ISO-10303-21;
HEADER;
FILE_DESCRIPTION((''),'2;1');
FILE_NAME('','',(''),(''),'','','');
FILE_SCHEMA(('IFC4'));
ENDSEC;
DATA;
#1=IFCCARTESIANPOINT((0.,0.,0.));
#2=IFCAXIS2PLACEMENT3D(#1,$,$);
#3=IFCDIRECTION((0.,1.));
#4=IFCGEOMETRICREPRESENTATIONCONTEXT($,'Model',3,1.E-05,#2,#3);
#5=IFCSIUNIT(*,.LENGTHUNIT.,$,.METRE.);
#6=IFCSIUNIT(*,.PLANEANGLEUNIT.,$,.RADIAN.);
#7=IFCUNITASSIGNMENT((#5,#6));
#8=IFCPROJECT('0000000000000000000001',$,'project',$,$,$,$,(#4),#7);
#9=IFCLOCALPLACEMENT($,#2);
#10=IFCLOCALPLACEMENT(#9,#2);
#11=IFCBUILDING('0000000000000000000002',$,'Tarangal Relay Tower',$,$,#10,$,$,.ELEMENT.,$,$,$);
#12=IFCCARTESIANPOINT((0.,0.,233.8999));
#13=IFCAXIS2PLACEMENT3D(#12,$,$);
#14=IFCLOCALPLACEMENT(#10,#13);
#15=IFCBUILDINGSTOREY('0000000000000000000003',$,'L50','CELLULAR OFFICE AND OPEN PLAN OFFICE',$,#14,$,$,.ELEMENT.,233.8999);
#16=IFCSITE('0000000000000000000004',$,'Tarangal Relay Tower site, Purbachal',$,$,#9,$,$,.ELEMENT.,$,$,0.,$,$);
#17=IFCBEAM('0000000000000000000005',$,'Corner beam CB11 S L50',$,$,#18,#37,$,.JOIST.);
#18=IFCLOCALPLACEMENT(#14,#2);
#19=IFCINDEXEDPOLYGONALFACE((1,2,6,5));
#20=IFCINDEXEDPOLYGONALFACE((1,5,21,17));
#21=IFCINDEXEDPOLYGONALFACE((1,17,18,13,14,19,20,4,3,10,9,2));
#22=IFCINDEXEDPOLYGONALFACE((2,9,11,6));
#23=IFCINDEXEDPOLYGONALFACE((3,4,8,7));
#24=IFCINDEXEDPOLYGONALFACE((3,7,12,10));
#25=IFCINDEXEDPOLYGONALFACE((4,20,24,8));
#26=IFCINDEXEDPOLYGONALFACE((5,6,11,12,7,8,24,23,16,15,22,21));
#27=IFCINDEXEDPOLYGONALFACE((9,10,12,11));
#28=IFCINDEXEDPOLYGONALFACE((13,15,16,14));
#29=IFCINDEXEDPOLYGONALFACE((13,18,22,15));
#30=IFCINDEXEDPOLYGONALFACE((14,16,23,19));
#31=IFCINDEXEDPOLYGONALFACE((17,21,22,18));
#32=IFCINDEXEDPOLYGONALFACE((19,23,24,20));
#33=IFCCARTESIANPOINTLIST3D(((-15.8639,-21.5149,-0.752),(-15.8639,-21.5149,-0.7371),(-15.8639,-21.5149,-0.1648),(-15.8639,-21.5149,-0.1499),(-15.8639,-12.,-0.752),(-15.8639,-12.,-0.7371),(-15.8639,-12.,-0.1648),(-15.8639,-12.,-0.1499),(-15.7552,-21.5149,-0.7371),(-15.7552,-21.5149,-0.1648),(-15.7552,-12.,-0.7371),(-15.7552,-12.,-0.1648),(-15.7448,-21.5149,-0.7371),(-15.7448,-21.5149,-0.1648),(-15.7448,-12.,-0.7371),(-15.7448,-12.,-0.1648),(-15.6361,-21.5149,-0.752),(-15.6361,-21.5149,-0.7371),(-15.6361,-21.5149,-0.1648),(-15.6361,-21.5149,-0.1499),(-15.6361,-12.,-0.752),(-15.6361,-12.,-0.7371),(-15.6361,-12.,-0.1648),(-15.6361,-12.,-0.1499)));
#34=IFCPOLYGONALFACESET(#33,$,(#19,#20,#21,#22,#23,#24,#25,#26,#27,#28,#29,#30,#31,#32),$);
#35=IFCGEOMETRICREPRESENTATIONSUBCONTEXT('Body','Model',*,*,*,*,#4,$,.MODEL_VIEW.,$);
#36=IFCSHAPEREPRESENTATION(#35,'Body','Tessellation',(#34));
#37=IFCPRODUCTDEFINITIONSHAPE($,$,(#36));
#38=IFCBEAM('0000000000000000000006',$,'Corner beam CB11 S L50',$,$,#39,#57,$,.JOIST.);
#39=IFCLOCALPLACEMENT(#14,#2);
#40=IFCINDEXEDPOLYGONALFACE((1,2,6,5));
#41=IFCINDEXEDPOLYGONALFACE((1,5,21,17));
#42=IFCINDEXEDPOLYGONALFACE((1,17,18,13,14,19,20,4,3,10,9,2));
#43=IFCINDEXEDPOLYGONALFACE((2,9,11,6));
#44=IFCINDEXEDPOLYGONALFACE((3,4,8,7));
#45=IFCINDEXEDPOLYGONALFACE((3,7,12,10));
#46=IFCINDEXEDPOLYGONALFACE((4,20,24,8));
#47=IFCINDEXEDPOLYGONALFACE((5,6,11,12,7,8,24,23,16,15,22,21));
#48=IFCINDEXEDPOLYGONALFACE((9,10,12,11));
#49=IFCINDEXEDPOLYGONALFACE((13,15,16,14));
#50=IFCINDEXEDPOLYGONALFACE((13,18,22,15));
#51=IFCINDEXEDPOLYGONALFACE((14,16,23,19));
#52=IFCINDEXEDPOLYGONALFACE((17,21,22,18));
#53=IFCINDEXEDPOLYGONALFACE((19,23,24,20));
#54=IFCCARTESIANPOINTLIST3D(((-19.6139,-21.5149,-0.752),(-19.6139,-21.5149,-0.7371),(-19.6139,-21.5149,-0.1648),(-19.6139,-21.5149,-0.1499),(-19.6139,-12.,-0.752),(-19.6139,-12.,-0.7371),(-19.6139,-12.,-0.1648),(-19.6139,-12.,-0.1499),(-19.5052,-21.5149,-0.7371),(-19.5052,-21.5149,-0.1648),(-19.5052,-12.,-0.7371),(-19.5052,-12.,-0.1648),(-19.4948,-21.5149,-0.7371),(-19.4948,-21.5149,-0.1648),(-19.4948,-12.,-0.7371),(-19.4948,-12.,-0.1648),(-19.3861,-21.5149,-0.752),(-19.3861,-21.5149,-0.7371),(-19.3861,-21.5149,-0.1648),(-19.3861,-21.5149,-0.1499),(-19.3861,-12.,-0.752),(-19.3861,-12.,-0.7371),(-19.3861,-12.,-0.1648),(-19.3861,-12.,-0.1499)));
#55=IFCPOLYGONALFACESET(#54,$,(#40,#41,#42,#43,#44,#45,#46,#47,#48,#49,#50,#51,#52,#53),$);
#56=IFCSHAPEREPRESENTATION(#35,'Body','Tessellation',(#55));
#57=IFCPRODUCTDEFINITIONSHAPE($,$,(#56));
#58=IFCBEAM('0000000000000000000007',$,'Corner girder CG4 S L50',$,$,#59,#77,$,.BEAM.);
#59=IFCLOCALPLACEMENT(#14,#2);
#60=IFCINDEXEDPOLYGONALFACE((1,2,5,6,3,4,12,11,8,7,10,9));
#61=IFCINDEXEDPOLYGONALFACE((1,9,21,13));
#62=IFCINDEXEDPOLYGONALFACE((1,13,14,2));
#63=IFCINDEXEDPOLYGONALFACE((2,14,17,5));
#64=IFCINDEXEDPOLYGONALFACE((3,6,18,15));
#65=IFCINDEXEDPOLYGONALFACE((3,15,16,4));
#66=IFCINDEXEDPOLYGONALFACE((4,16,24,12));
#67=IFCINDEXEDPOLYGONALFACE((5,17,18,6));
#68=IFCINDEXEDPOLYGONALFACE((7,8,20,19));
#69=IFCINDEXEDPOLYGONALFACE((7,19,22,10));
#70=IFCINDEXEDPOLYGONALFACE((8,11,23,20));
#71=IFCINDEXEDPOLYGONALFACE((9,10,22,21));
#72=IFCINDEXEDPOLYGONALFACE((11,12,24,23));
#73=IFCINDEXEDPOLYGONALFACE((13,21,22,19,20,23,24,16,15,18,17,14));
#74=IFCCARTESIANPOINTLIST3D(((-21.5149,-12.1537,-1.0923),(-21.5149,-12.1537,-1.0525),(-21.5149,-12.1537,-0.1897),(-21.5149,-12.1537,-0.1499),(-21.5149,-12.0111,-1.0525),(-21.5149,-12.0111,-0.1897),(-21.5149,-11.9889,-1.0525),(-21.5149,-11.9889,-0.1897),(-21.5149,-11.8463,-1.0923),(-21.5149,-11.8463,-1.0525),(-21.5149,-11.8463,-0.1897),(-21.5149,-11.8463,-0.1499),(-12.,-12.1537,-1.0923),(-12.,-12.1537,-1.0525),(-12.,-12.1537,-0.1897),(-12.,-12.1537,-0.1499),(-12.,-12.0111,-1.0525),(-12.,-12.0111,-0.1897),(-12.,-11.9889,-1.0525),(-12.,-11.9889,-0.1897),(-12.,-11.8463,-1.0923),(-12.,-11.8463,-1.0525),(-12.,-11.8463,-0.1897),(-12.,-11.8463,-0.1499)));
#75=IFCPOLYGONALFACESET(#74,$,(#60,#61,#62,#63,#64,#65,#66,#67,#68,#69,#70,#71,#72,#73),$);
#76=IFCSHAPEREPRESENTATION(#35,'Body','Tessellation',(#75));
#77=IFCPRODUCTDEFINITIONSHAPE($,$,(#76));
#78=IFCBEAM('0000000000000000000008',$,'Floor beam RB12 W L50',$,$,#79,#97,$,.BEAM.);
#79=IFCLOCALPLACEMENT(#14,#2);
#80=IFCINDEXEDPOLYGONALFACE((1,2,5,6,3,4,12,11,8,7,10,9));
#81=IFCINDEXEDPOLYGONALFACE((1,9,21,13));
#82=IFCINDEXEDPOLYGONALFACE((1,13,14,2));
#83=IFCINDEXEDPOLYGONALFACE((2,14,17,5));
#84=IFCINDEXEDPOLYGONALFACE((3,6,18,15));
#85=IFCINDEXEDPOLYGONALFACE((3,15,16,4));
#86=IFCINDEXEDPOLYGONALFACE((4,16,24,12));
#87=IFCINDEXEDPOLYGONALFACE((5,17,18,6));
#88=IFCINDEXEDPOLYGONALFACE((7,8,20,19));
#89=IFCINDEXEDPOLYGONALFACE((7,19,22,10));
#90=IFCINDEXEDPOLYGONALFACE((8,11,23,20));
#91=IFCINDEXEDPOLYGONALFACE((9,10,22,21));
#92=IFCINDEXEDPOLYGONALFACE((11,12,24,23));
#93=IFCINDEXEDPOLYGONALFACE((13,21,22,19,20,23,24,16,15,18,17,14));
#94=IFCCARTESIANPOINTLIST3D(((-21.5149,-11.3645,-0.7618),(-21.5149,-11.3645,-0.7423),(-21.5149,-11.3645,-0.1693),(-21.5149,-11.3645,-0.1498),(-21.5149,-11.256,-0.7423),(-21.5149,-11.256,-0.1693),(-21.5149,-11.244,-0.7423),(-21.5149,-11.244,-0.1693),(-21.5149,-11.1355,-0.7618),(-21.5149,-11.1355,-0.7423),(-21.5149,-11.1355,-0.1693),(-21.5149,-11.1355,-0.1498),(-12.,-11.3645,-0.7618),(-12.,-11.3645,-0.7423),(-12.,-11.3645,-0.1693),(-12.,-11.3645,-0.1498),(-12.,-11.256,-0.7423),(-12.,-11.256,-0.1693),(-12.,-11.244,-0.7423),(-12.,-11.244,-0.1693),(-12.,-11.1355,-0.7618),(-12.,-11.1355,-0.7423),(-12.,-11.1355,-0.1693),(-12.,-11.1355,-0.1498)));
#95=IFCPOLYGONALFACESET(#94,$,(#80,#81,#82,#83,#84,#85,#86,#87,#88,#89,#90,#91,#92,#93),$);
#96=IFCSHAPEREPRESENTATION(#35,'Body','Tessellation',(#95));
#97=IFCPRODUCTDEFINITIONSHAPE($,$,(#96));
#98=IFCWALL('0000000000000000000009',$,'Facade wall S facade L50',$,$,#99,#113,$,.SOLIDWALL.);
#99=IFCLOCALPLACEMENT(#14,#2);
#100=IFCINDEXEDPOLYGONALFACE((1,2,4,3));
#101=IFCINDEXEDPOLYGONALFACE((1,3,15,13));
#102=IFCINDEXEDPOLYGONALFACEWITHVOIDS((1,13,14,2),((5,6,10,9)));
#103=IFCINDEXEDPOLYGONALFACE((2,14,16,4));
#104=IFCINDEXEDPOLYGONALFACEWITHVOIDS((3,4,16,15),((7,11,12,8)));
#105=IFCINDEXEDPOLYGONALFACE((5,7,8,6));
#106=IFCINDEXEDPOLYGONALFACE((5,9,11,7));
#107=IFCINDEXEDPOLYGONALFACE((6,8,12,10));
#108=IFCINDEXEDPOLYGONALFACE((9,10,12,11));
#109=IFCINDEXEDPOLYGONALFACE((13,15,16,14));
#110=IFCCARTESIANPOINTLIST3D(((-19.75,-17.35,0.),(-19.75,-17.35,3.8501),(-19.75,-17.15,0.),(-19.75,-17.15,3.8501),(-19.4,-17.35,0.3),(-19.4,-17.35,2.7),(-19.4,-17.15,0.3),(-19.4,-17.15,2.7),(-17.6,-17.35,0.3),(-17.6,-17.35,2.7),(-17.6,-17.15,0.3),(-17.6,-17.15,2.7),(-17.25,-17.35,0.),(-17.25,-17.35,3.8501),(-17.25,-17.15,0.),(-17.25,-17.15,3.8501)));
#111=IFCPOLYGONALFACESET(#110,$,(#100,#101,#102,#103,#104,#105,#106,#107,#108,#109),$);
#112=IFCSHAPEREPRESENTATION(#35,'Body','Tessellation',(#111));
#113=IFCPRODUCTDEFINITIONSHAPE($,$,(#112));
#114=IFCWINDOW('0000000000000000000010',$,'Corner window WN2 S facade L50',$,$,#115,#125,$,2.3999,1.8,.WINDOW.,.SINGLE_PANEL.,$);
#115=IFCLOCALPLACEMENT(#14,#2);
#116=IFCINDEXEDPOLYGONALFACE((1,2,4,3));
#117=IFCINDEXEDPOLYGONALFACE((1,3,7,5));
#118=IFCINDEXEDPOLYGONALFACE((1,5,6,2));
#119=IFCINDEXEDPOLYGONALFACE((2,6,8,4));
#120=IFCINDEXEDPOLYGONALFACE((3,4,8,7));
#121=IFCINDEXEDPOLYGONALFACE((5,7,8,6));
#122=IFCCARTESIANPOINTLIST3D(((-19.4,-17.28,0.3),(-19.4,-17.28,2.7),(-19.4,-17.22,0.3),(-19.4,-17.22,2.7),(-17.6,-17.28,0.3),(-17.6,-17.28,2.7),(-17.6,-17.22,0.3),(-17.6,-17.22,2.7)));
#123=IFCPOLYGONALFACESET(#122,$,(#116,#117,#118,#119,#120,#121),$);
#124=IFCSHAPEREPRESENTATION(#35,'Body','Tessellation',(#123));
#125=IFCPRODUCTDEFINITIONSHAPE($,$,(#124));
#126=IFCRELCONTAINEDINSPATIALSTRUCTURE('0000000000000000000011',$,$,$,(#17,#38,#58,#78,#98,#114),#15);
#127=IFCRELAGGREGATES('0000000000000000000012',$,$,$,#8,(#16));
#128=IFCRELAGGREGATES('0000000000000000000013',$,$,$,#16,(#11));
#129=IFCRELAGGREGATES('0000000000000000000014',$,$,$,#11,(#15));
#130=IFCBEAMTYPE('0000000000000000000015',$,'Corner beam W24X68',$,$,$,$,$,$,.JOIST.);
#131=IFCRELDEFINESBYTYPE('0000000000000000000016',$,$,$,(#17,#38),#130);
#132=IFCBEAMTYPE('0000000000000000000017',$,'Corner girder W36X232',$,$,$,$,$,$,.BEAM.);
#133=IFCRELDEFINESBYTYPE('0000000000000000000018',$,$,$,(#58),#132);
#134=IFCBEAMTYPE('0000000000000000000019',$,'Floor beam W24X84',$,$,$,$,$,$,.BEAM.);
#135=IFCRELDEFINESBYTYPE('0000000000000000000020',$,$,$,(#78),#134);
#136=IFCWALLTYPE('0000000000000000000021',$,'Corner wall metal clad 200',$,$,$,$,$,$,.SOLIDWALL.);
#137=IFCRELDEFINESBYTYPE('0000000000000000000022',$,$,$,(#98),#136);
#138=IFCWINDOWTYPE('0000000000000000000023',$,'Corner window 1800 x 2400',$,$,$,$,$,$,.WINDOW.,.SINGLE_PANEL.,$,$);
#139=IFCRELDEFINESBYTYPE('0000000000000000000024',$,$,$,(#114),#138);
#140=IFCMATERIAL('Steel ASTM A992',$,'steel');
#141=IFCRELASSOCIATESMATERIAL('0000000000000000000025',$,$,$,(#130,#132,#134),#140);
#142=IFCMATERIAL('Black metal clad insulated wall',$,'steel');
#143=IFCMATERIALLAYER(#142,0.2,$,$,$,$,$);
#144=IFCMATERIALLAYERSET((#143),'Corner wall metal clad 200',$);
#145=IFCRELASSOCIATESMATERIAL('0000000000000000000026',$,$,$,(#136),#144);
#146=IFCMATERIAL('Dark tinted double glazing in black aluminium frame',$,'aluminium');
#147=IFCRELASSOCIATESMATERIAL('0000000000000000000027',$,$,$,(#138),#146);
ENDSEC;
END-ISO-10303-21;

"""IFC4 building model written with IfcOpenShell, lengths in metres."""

from ifc_helpers import new_model, si_unit, direction, frame, frame_2d, origin, origin_2d, place, context, subcontext, project, spatial, rectangle, i_section, extrude, material, layer, layer_set, material_profile, profile_set, type_object, element, fill, save


model = new_model("IFC4")

# Units and contexts
model_context = context("Model", 3, precision=1e-05, world=origin(), true_north=direction((0.0, 1.0)))
body_context = subcontext(model_context, "Body", "Model", "MODEL_VIEW")
ifc_project = project(units=[si_unit("LENGTHUNIT", "METRE"), si_unit("PLANEANGLEUNIT", "RADIAN")], contexts=[model_context])

# Site, building, storey
site_placement = place(None, origin())
site = spatial("IfcSite", under=ifc_project, at=site_placement, Name="Tarangal Relay Tower site, Purbachal", CompositionType="ELEMENT", RefElevation=0.0)
building_placement = place(site_placement, origin())
building = spatial("IfcBuilding", under=site, at=building_placement, Name="Tarangal Relay Tower", CompositionType="ELEMENT")
storey_placement = place(building_placement, frame((0.0, 0.0, 233.8999)))
storey = spatial("IfcBuildingStorey", under=building, at=storey_placement, Name="L50", Description="CELLULAR OFFICE AND OPEN PLAN OFFICE", CompositionType="ELEMENT", Elevation=233.8999)

# Beams
ifc_material_1 = material(Name="Steel ASTM A992", Category="steel")
ifc_material_profile_1 = material_profile(ifc_material_1, i_section(OverallWidth=0.2278, OverallDepth=0.6021, WebThickness=0.0105, FlangeThickness=0.0149, at=origin_2d()), Name="W24X68")
ifc_profile_set_1 = profile_set([ifc_material_profile_1], Name="Steel ASTM A992")
beam_type_1 = type_object("IfcBeamType", Name="Corner beam W24X68", PredefinedType="JOIST", material=ifc_profile_set_1)
for number, where, z_axis, x_axis, name in (
    (1, (-15.75, -12.0, -0.4509), (0.0, -1.0, 0.0), (1.0, 0.0, 0.0), "Corner beam CB11 S L50"),
    (2, (-19.5, -12.0, -0.4509), (0.0, -1.0, 0.0), (1.0, 0.0, 0.0), "Corner beam CB11 S L50"),
):
    element("IfcBeam", number, at=place(storey_placement, frame(where, z_axis=z_axis, x_axis=x_axis)), inside=storey, type_object=beam_type_1, Name=name, PredefinedType="JOIST", context=body_context, shape_type="SweptSolid", body=[
        extrude(i_section(OverallWidth=0.2278, OverallDepth=0.6021, WebThickness=0.0105, FlangeThickness=0.0149, at=origin_2d()), origin(), (0.0, 0.0, 1.0), 9.5149),
    ])
ifc_material_profile_2 = material_profile(ifc_material_1, i_section(OverallWidth=0.3074, OverallDepth=0.9424, WebThickness=0.0222, FlangeThickness=0.0398, at=origin_2d()), Name="W36X232")
ifc_profile_set_2 = profile_set([ifc_material_profile_2], Name="Steel ASTM A992")
beam_type_2 = type_object("IfcBeamType", Name="Corner girder W36X232", PredefinedType="BEAM", material=ifc_profile_set_2)
beam_1_placement = place(storey_placement, frame((-12.0, -12.0, -0.6211), z_axis=(-1.0, 0.0, 0.0), x_axis=(0.0, -1.0, 0.0)))
element("IfcBeam", 3, at=beam_1_placement, inside=storey, type_object=beam_type_2, Name="Corner girder CG4 S L50", PredefinedType="BEAM", context=body_context, shape_type="SweptSolid", body=[
    extrude(i_section(OverallWidth=0.3074, OverallDepth=0.9424, WebThickness=0.0222, FlangeThickness=0.0398, at=origin_2d()), origin(), (0.0, 0.0, 1.0), 9.5149),
])
ifc_material_profile_3 = material_profile(ifc_material_1, i_section(OverallWidth=0.229, OverallDepth=0.6121, WebThickness=0.012, FlangeThickness=0.0195, at=origin_2d()), Name="W24X84")
ifc_profile_set_3 = profile_set([ifc_material_profile_3], Name="Steel ASTM A992")
beam_type_3 = type_object("IfcBeamType", Name="Floor beam W24X84", PredefinedType="BEAM", material=ifc_profile_set_3)
beam_2_placement = place(storey_placement, frame((-12.0, -11.25, -0.4558), z_axis=(-1.0, 0.0, 0.0), x_axis=(0.0, -1.0, 0.0)))
element("IfcBeam", 4, at=beam_2_placement, inside=storey, type_object=beam_type_3, Name="Floor beam RB12 W L50", PredefinedType="BEAM", context=body_context, shape_type="SweptSolid", body=[
    extrude(i_section(OverallWidth=0.229, OverallDepth=0.6121, WebThickness=0.012, FlangeThickness=0.0195, at=origin_2d()), origin(), (0.0, 0.0, 1.0), 9.5149),
])

# Wall, opening, window
ifc_material_2 = material(Name="Black metal clad insulated wall", Category="steel")
ifc_layer_1 = layer(ifc_material_2, 0.2)
ifc_layer_set_1 = layer_set([ifc_layer_1], Name="Corner wall metal clad 200")
wall_type_1 = type_object("IfcWallType", Name="Corner wall metal clad 200", PredefinedType="SOLIDWALL", material=ifc_layer_set_1)
wall_1_placement = place(storey_placement, frame((-17.25, -17.25, 0.0), z_axis=(0.0, 0.0, 1.0), x_axis=(-1.0, 0.0, 0.0)))
wall_1 = element("IfcWall", 5, at=wall_1_placement, inside=storey, type_object=wall_type_1, Name="Facade wall S facade L50", PredefinedType="SOLIDWALL", context=body_context, shape_type="SweptSolid", body=[
    extrude(rectangle(XDim=2.5, YDim=0.2, at=frame_2d((1.25, 0.0))), origin(), (0.0, 0.0, 1.0), 3.8501),
])
opening_1_placement = place(wall_1_placement, frame((0.3501, 0.0, 0.3)))
opening_1 = element("IfcOpeningElement", 6, at=opening_1_placement, cuts=wall_1, PredefinedType="OPENING", context=body_context, shape_type="SweptSolid", body=[
    extrude(rectangle(XDim=1.8, YDim=2.3999, at=frame_2d((0.8999, 1.2))), frame((0.0, 0.1099, 0.0), z_axis=(0.0, -1.0, 0.0), x_axis=(1.0, 0.0, 0.0)), (0.0, 0.0, 1.0), 0.22),
])
ifc_material_3 = material(Name="Dark tinted double glazing in black aluminium frame", Category="aluminium")
window_type = type_object("IfcWindowType", Name="Corner window 1800 x 2400", PartitioningType="SINGLE_PANEL", PredefinedType="WINDOW", material=ifc_material_3)
window_placement = place(opening_1_placement, origin())
window = element("IfcWindow", 7, at=window_placement, inside=storey, type_object=window_type, Name="Corner window WN2 S facade L50", OverallHeight=2.3999, OverallWidth=1.8, PartitioningType="SINGLE_PANEL", PredefinedType="WINDOW", context=body_context, shape_type="SweptSolid", body=[
    extrude(rectangle(XDim=1.8, YDim=2.3999, at=frame_2d((0.8999, 1.2))), frame((0.0, 0.03, 0.0), z_axis=(0.0, -1.0, 0.0), x_axis=(1.0, 0.0, 0.0)), (0.0, 0.0, 1.0), 0.0601),
])
fill(opening_1, window)

save(model, "model.ifc")
